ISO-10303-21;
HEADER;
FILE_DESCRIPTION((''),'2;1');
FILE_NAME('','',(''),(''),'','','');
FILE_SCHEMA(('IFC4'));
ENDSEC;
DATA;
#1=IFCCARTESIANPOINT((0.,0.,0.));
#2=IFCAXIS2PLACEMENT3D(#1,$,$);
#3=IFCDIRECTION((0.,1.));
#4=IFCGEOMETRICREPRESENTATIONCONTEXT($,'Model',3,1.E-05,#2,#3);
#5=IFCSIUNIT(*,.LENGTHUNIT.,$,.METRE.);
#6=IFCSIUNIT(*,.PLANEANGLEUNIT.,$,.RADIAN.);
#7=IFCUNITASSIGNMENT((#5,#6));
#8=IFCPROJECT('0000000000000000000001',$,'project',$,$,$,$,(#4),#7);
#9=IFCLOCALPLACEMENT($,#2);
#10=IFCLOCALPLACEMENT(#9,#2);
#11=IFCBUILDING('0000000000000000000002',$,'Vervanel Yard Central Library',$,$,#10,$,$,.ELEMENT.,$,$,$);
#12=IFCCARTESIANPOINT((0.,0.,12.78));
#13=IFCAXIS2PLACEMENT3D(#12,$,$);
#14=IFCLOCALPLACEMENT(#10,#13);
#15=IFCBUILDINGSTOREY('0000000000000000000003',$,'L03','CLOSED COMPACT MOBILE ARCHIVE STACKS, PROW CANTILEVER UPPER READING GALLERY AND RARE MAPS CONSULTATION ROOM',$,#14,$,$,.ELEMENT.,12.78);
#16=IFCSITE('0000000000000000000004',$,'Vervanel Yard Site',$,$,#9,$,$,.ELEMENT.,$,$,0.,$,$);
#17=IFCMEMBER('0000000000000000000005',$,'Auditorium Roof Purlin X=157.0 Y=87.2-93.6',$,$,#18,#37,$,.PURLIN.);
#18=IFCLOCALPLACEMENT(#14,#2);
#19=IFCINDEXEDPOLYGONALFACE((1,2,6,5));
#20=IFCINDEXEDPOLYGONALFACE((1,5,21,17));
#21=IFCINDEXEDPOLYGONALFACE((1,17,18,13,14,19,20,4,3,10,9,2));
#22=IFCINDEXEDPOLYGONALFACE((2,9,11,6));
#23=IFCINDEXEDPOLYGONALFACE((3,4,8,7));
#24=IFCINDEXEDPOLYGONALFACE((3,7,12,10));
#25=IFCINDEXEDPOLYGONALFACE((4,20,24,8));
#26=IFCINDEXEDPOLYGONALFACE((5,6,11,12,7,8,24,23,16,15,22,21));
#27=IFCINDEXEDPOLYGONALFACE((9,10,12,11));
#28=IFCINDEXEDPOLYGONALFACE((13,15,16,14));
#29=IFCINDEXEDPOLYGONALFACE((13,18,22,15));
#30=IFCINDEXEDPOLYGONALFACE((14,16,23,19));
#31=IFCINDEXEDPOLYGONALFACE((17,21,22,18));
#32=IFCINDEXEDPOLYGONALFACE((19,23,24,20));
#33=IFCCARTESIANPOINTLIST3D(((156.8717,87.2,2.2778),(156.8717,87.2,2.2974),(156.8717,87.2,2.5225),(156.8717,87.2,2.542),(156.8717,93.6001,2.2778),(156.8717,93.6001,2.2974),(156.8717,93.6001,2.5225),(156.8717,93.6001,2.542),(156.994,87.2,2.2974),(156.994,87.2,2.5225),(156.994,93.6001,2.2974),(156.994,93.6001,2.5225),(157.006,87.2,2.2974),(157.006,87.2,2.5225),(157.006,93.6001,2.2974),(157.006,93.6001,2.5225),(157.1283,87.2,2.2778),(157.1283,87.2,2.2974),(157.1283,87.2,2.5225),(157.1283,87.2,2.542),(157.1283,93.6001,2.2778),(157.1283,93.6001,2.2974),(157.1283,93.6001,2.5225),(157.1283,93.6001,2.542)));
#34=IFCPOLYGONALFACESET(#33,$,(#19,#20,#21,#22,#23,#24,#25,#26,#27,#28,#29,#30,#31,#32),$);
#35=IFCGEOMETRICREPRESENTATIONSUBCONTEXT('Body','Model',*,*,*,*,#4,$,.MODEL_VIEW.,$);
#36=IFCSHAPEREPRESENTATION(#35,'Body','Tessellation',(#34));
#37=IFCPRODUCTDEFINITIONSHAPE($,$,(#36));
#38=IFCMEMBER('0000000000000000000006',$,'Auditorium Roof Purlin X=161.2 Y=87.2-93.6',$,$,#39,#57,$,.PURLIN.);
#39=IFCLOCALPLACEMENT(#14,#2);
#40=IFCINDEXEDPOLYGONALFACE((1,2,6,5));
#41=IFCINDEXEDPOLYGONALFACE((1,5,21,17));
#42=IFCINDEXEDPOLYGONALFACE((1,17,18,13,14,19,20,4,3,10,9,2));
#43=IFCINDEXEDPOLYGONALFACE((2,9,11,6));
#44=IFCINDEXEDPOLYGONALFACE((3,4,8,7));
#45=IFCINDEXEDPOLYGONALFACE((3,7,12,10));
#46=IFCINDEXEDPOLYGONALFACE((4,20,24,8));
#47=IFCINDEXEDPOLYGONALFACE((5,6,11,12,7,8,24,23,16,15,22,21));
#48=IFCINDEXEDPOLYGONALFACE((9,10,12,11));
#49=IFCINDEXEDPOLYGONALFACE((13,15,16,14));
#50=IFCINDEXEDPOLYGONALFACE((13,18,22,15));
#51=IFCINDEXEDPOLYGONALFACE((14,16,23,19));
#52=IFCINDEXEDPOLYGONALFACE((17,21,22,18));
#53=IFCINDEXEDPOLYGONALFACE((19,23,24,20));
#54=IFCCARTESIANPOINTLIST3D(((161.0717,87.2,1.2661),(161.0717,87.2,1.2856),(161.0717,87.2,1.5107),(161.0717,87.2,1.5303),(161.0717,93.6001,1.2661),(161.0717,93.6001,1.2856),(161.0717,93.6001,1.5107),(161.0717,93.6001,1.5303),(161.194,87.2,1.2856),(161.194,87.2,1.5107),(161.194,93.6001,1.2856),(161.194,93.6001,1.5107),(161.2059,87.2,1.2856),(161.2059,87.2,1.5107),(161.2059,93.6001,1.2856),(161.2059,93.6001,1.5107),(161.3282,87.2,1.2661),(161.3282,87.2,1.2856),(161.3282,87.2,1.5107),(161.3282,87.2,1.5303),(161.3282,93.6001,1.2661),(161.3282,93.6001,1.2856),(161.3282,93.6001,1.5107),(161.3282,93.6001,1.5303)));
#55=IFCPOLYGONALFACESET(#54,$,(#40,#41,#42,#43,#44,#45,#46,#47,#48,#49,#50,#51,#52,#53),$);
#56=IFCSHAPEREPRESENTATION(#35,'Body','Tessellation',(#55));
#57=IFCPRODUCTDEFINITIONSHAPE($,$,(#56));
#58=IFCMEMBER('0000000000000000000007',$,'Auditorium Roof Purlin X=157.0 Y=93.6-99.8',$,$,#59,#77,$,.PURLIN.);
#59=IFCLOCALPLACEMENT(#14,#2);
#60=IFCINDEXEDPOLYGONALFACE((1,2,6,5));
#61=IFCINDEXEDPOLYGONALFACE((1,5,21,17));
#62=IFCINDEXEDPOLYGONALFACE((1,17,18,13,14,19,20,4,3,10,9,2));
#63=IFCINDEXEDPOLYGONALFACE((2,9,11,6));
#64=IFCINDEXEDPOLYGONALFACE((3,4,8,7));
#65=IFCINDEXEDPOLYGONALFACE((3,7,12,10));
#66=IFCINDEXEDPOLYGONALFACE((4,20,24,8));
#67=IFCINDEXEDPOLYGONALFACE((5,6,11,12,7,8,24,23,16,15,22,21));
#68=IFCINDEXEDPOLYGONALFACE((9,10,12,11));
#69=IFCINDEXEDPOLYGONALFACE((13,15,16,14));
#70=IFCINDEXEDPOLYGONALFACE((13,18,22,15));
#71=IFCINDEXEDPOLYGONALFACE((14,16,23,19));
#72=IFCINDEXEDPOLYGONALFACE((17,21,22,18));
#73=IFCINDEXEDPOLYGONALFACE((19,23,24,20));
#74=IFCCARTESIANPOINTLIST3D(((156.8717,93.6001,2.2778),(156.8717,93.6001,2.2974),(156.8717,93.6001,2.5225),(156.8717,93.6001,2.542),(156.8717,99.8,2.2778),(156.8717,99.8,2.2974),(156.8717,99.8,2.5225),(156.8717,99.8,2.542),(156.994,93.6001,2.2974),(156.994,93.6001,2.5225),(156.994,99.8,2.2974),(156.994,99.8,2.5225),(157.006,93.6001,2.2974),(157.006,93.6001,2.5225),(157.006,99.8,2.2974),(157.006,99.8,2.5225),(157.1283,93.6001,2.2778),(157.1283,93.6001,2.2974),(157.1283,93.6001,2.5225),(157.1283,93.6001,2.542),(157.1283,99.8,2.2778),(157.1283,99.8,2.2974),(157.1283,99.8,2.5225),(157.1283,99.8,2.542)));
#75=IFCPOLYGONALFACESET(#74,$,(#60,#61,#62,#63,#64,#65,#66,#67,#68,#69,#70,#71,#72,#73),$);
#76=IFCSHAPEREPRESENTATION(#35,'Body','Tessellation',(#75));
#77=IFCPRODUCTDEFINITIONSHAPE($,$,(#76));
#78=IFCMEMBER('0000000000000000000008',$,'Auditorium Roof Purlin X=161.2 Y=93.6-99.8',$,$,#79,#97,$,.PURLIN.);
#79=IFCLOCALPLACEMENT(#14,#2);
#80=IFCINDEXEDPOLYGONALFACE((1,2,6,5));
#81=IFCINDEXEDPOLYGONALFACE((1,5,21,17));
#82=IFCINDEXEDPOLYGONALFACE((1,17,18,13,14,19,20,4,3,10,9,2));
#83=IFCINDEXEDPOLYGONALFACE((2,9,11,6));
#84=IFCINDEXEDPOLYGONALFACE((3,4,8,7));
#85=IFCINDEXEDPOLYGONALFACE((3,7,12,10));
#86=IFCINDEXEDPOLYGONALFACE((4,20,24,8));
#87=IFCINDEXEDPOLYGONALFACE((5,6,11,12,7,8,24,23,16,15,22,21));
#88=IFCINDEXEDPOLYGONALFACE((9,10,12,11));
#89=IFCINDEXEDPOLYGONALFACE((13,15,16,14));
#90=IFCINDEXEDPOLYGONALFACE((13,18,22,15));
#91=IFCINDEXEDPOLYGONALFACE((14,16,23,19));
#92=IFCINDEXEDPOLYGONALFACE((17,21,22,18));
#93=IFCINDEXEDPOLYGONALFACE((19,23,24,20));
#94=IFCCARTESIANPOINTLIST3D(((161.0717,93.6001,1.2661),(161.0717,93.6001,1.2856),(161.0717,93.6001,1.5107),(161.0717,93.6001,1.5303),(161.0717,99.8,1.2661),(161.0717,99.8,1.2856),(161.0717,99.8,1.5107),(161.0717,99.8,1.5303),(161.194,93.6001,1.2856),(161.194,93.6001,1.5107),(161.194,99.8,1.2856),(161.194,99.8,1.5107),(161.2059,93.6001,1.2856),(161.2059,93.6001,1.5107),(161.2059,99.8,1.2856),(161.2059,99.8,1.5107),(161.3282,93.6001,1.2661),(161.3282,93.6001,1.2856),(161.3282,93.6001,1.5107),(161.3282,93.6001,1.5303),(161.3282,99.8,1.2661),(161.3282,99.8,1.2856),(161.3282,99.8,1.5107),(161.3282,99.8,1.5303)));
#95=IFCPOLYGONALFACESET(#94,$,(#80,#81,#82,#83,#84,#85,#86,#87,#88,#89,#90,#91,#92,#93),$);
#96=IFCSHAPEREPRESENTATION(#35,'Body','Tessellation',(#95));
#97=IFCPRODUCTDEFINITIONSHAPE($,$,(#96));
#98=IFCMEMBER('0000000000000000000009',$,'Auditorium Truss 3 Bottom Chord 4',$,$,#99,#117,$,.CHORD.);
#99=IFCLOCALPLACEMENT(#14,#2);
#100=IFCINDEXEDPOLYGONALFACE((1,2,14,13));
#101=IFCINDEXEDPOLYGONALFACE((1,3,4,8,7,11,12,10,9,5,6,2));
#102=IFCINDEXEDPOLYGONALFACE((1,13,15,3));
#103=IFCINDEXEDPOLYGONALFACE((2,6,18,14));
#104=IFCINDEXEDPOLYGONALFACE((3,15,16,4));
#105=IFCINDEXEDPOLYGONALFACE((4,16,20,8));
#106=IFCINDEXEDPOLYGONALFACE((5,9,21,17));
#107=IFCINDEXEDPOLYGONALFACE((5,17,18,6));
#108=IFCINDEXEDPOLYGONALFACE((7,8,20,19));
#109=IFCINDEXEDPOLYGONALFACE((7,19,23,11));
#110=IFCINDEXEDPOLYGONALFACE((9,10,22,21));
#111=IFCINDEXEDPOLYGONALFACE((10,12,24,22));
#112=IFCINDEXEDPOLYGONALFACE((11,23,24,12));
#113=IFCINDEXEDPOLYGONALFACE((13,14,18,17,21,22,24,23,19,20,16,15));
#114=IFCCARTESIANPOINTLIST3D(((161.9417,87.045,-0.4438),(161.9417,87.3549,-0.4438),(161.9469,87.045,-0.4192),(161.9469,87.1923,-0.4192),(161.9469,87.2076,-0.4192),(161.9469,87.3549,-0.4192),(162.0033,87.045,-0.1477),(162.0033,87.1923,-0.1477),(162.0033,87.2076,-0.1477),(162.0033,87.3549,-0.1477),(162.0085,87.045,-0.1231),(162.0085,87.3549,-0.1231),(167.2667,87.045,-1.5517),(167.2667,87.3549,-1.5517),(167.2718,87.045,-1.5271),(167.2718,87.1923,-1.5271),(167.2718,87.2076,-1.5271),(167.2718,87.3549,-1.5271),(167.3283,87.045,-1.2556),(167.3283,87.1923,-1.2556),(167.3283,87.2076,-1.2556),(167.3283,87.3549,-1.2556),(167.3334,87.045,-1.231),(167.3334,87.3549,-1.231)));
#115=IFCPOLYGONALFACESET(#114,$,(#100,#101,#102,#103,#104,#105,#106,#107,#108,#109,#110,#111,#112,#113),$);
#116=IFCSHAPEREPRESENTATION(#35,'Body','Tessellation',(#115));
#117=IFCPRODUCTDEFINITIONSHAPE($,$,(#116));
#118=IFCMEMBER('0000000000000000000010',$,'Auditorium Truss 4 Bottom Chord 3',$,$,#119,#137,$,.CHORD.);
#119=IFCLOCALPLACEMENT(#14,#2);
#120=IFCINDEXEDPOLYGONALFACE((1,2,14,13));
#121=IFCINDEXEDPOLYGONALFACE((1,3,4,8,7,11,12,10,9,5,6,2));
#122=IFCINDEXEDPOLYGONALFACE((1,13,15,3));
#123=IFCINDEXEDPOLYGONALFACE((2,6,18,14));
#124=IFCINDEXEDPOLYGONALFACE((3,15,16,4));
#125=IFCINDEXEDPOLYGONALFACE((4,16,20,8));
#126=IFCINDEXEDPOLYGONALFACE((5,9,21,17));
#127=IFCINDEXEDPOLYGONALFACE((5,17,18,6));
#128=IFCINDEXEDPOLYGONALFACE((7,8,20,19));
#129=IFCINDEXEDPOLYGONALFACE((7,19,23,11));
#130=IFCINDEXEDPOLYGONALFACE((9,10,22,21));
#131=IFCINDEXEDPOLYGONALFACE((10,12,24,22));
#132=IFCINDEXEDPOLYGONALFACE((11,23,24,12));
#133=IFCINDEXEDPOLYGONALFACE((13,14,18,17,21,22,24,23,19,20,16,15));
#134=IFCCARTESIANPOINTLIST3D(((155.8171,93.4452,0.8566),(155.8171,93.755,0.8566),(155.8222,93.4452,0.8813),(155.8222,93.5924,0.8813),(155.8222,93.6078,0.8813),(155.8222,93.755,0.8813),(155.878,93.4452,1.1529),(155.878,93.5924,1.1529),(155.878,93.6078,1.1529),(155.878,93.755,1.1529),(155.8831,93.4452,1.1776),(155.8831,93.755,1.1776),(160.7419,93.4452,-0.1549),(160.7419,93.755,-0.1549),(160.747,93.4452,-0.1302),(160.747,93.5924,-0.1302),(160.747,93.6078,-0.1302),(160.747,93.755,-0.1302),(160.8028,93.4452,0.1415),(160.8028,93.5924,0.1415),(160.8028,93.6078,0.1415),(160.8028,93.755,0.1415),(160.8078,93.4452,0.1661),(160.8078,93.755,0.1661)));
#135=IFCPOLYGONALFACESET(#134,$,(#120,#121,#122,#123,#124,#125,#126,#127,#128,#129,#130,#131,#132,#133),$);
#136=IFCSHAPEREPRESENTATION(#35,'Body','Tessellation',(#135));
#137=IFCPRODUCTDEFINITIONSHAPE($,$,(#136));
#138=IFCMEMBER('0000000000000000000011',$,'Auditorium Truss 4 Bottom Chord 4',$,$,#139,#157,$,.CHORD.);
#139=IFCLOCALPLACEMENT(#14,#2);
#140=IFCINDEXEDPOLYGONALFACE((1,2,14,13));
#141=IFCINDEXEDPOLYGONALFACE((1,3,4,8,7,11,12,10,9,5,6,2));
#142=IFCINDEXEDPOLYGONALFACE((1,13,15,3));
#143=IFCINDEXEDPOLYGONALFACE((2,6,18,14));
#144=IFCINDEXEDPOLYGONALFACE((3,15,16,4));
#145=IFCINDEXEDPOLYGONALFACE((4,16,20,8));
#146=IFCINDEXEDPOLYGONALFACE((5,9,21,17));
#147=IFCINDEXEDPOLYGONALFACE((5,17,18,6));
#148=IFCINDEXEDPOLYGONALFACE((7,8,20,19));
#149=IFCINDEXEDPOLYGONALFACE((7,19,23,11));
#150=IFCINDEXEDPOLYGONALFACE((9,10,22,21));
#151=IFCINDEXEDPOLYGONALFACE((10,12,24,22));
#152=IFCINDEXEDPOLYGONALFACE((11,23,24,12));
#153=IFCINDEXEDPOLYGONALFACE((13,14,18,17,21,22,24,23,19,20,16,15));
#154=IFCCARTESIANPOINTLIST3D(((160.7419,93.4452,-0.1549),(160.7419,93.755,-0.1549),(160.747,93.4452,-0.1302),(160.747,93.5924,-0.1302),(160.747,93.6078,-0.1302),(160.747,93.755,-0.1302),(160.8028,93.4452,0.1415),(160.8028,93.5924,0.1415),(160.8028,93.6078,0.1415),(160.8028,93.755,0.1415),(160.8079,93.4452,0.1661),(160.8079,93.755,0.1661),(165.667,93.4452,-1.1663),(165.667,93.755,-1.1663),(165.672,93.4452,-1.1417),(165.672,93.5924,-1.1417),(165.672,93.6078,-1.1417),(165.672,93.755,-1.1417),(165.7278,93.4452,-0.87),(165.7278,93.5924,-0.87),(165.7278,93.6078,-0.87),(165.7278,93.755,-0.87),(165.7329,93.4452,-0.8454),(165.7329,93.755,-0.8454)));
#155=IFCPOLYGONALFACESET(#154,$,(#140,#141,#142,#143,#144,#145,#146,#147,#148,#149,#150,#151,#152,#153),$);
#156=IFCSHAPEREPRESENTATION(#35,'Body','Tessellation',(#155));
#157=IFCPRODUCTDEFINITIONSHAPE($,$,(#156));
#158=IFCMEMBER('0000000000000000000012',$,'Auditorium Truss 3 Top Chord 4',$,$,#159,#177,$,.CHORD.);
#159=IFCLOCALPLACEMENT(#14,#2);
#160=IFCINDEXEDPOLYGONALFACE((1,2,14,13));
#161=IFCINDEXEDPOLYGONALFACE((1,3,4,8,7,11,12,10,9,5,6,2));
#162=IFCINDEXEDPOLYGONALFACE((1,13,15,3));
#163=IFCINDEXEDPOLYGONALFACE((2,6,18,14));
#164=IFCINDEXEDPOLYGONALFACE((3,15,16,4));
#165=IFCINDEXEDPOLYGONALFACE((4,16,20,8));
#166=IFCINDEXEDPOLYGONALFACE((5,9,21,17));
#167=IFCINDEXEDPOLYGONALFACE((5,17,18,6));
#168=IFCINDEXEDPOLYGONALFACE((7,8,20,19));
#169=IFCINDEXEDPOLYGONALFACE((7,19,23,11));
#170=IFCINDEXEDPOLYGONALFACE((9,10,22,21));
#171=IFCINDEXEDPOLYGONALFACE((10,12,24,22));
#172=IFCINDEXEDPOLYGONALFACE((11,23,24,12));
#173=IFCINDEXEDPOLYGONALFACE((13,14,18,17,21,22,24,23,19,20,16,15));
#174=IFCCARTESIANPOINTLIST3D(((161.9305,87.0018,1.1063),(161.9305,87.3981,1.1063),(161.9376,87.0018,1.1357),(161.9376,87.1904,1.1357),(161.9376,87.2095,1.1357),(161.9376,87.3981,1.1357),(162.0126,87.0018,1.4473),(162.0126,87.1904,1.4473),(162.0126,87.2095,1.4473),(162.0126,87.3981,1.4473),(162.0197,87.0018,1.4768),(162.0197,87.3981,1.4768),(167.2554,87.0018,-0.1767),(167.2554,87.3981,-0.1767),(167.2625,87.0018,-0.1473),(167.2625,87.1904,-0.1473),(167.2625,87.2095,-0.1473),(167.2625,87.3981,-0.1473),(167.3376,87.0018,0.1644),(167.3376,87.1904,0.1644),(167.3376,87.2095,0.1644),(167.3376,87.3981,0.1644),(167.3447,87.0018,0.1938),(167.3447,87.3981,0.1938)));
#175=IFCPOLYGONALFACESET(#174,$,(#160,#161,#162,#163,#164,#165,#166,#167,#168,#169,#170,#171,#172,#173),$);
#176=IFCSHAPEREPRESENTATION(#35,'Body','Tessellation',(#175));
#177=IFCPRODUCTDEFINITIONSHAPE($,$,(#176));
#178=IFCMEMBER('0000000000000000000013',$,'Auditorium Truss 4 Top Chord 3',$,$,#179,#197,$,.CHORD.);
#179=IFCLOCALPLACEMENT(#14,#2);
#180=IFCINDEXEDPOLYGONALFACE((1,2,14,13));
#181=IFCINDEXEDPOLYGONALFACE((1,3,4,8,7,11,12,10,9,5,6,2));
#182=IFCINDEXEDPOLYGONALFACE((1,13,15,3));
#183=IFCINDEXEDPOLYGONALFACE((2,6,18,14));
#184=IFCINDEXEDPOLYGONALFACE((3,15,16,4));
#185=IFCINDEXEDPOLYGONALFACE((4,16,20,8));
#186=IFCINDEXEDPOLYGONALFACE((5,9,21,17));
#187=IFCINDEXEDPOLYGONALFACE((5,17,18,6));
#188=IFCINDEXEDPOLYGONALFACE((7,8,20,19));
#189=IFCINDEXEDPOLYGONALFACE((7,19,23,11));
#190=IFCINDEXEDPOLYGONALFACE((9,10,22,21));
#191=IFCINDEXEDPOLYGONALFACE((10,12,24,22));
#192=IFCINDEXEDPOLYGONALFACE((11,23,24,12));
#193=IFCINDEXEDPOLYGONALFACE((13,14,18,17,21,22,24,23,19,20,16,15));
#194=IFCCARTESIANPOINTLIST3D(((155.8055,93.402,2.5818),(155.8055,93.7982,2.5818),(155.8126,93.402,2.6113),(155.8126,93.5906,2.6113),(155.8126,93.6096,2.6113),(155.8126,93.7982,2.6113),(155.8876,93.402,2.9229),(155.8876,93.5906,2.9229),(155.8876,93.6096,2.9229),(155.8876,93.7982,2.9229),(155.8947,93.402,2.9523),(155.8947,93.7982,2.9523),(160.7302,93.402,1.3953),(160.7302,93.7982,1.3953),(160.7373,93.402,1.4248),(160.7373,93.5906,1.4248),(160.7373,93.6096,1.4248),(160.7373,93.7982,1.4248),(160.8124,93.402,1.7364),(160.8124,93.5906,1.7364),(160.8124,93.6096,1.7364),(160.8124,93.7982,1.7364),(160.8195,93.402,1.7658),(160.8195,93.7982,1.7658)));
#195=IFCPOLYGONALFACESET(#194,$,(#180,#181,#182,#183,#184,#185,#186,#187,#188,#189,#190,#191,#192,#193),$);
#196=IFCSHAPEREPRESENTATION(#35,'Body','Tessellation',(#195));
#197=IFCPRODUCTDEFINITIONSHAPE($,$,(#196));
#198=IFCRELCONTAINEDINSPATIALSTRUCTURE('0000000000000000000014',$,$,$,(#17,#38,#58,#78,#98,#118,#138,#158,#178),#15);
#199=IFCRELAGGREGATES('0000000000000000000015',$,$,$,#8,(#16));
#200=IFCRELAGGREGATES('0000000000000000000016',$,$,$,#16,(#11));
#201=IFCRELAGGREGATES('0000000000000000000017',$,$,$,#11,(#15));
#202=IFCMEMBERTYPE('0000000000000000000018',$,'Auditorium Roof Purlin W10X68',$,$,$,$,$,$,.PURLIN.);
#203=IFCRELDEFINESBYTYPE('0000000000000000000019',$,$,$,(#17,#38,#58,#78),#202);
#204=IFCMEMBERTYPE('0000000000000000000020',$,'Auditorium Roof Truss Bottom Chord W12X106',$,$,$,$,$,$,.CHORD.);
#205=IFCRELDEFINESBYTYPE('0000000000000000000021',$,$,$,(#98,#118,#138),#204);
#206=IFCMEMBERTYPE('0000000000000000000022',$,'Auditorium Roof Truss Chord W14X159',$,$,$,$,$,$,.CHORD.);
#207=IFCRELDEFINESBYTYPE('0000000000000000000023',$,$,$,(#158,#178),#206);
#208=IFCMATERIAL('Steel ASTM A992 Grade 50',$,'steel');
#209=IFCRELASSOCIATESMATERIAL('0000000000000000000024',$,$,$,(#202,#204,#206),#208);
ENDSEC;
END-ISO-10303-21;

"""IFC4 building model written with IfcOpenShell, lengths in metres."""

from ifc_helpers import new_model, si_unit, direction, frame, origin, origin_2d, place, context, subcontext, project, spatial, i_section, extrude, material, material_profile, profile_set, type_object, element, save


model = new_model("IFC4")

# Units and contexts
model_context = context("Model", 3, precision=1e-05, world=origin(), true_north=direction((0.0, 1.0)))
body_context = subcontext(model_context, "Body", "Model", "MODEL_VIEW")
ifc_project = project(units=[si_unit("LENGTHUNIT", "METRE"), si_unit("PLANEANGLEUNIT", "RADIAN")], contexts=[model_context])

# Site, building, storey
site_placement = place(None, origin())
site = spatial("IfcSite", under=ifc_project, at=site_placement, Name="Vervanel Yard Site", CompositionType="ELEMENT", RefElevation=0.0)
building_placement = place(site_placement, origin())
building = spatial("IfcBuilding", under=site, at=building_placement, Name="Vervanel Yard Central Library", CompositionType="ELEMENT")
storey_placement = place(building_placement, frame((0.0, 0.0, 12.78)))
storey = spatial("IfcBuildingStorey", under=building, at=storey_placement, Name="L03", Description="CLOSED COMPACT MOBILE ARCHIVE STACKS, PROW CANTILEVER UPPER READING GALLERY AND RARE MAPS CONSULTATION ROOM", CompositionType="ELEMENT", Elevation=12.78)

# Members
ifc_material_1 = material(Name="Steel ASTM A992 Grade 50", Category="steel")
ifc_material_profile_1 = material_profile(ifc_material_1, i_section(OverallWidth=0.2566, OverallDepth=0.2642, WebThickness=0.012, FlangeThickness=0.0195, at=origin_2d()), Name="W10X68", Category="steel")
ifc_profile_set_1 = profile_set([ifc_material_profile_1], Name="Steel ASTM A992 Grade 50")
member_type_1 = type_object("IfcMemberType", Name="Auditorium Roof Purlin W10X68", PredefinedType="PURLIN", material=ifc_profile_set_1)
for number, where, z_axis, x_axis, name in (
    (1, (157.0, 87.2, 2.4099), (0.0, 1.0, 0.0), (-1.0, 0.0, 0.0), "Auditorium Roof Purlin X=157.0 Y=87.2-93.6"),
    (2, (161.2, 87.2, 1.3982), (0.0, 1.0, 0.0), (-1.0, 0.0, 0.0), "Auditorium Roof Purlin X=161.2 Y=87.2-93.6"),
):
    element("IfcMember", number, at=place(storey_placement, frame(where, z_axis=z_axis, x_axis=x_axis)), inside=storey, type_object=member_type_1, Name=name, PredefinedType="PURLIN", context=body_context, shape_type="SweptSolid", body=[
        extrude(i_section(OverallWidth=0.2566, OverallDepth=0.2642, WebThickness=0.012, FlangeThickness=0.0195, at=origin_2d()), origin(), (0.0, 0.0, 1.0), 6.4001),
    ])
for number, where, z_axis, x_axis, name in (
    (3, (157.0, 93.6001, 2.4099), (0.0, 1.0, 0.0), (-1.0, 0.0, 0.0), "Auditorium Roof Purlin X=157.0 Y=93.6-99.8"),
    (4, (161.2, 93.6001, 1.3982), (0.0, 1.0, 0.0), (-1.0, 0.0, 0.0), "Auditorium Roof Purlin X=161.2 Y=93.6-99.8"),
):
    element("IfcMember", number, at=place(storey_placement, frame(where, z_axis=z_axis, x_axis=x_axis)), inside=storey, type_object=member_type_1, Name=name, PredefinedType="PURLIN", context=body_context, shape_type="SweptSolid", body=[
        extrude(i_section(OverallWidth=0.2566, OverallDepth=0.2642, WebThickness=0.012, FlangeThickness=0.0195, at=origin_2d()), origin(), (0.0, 0.0, 1.0), 6.2),
    ])
ifc_material_profile_2 = material_profile(ifc_material_1, i_section(OverallWidth=0.3098, OverallDepth=0.3276, WebThickness=0.0154, FlangeThickness=0.0251, at=origin_2d()), Name="W12X106", Category="steel")
ifc_profile_set_2 = profile_set([ifc_material_profile_2], Name="Steel ASTM A992 Grade 50")
member_type_2 = type_object("IfcMemberType", Name="Auditorium Roof Truss Bottom Chord W12X106", PredefinedType="CHORD", material=ifc_profile_set_2)
member_1_placement = place(storey_placement, frame((161.9751, 87.2, -0.2834), z_axis=(0.979034, 0.0, -0.203698), x_axis=(0.0, 1.0, 0.0)))
element("IfcMember", 5, at=member_1_placement, inside=storey, type_object=member_type_2, Name="Auditorium Truss 3 Bottom Chord 4", PredefinedType="CHORD", context=body_context, shape_type="SweptSolid", body=[
    extrude(i_section(OverallWidth=0.3098, OverallDepth=0.3276, WebThickness=0.0154, FlangeThickness=0.0251, at=origin_2d()), origin(), (0.0, 0.0, 1.0), 5.439),
])
member_2_placement = place(storey_placement, frame((155.8501, 93.6001, 1.0171), z_axis=(0.979553, 0.0, -0.201184), x_axis=(0.0, 1.0, 0.0)))
element("IfcMember", 6, at=member_2_placement, inside=storey, type_object=member_type_2, Name="Auditorium Truss 4 Bottom Chord 3", PredefinedType="CHORD", context=body_context, shape_type="SweptSolid", body=[
    extrude(i_section(OverallWidth=0.3098, OverallDepth=0.3276, WebThickness=0.0154, FlangeThickness=0.0251, at=origin_2d()), origin(), (0.0, 0.0, 1.0), 5.0276),
])
member_3_placement = place(storey_placement, frame((160.7749, 93.6001, 0.0056), z_axis=(0.979555, 0.0, -0.201175), x_axis=(0.0, 1.0, 0.0)))
element("IfcMember", 7, at=member_3_placement, inside=storey, type_object=member_type_2, Name="Auditorium Truss 4 Bottom Chord 4", PredefinedType="CHORD", context=body_context, shape_type="SweptSolid", body=[
    extrude(i_section(OverallWidth=0.3098, OverallDepth=0.3276, WebThickness=0.0154, FlangeThickness=0.0251, at=origin_2d()), origin(), (0.0, 0.0, 1.0), 5.0278),
])
ifc_material_profile_3 = material_profile(ifc_material_1, i_section(OverallWidth=0.3962, OverallDepth=0.3811, WebThickness=0.019, FlangeThickness=0.0303, at=origin_2d()), Name="W14X159", Category="steel")
ifc_profile_set_3 = profile_set([ifc_material_profile_3], Name="Steel ASTM A992 Grade 50")
member_type_3 = type_object("IfcMemberType", Name="Auditorium Roof Truss Chord W14X159", PredefinedType="CHORD", material=ifc_profile_set_3)
member_4_placement = place(storey_placement, frame((161.9751, 87.2, 1.2915), z_axis=(0.972181, 0.0, -0.234231), x_axis=(0.0, 1.0, 0.0)))
element("IfcMember", 8, at=member_4_placement, inside=storey, type_object=member_type_3, Name="Auditorium Truss 3 Top Chord 4", PredefinedType="CHORD", context=body_context, shape_type="SweptSolid", body=[
    extrude(i_section(OverallWidth=0.3962, OverallDepth=0.3811, WebThickness=0.019, FlangeThickness=0.0303, at=origin_2d()), origin(), (0.0, 0.0, 1.0), 5.4773),
])
member_5_placement = place(storey_placement, frame((155.8501, 93.6001, 2.7671), z_axis=(0.972182, 0.0, -0.234226), x_axis=(0.0, 1.0, 0.0)))
element("IfcMember", 9, at=member_5_placement, inside=storey, type_object=member_type_3, Name="Auditorium Truss 4 Top Chord 3", PredefinedType="CHORD", context=body_context, shape_type="SweptSolid", body=[
    extrude(i_section(OverallWidth=0.3962, OverallDepth=0.3811, WebThickness=0.019, FlangeThickness=0.0303, at=origin_2d()), origin(), (0.0, 0.0, 1.0), 5.0657),
])

save(model, "model.ifc")
